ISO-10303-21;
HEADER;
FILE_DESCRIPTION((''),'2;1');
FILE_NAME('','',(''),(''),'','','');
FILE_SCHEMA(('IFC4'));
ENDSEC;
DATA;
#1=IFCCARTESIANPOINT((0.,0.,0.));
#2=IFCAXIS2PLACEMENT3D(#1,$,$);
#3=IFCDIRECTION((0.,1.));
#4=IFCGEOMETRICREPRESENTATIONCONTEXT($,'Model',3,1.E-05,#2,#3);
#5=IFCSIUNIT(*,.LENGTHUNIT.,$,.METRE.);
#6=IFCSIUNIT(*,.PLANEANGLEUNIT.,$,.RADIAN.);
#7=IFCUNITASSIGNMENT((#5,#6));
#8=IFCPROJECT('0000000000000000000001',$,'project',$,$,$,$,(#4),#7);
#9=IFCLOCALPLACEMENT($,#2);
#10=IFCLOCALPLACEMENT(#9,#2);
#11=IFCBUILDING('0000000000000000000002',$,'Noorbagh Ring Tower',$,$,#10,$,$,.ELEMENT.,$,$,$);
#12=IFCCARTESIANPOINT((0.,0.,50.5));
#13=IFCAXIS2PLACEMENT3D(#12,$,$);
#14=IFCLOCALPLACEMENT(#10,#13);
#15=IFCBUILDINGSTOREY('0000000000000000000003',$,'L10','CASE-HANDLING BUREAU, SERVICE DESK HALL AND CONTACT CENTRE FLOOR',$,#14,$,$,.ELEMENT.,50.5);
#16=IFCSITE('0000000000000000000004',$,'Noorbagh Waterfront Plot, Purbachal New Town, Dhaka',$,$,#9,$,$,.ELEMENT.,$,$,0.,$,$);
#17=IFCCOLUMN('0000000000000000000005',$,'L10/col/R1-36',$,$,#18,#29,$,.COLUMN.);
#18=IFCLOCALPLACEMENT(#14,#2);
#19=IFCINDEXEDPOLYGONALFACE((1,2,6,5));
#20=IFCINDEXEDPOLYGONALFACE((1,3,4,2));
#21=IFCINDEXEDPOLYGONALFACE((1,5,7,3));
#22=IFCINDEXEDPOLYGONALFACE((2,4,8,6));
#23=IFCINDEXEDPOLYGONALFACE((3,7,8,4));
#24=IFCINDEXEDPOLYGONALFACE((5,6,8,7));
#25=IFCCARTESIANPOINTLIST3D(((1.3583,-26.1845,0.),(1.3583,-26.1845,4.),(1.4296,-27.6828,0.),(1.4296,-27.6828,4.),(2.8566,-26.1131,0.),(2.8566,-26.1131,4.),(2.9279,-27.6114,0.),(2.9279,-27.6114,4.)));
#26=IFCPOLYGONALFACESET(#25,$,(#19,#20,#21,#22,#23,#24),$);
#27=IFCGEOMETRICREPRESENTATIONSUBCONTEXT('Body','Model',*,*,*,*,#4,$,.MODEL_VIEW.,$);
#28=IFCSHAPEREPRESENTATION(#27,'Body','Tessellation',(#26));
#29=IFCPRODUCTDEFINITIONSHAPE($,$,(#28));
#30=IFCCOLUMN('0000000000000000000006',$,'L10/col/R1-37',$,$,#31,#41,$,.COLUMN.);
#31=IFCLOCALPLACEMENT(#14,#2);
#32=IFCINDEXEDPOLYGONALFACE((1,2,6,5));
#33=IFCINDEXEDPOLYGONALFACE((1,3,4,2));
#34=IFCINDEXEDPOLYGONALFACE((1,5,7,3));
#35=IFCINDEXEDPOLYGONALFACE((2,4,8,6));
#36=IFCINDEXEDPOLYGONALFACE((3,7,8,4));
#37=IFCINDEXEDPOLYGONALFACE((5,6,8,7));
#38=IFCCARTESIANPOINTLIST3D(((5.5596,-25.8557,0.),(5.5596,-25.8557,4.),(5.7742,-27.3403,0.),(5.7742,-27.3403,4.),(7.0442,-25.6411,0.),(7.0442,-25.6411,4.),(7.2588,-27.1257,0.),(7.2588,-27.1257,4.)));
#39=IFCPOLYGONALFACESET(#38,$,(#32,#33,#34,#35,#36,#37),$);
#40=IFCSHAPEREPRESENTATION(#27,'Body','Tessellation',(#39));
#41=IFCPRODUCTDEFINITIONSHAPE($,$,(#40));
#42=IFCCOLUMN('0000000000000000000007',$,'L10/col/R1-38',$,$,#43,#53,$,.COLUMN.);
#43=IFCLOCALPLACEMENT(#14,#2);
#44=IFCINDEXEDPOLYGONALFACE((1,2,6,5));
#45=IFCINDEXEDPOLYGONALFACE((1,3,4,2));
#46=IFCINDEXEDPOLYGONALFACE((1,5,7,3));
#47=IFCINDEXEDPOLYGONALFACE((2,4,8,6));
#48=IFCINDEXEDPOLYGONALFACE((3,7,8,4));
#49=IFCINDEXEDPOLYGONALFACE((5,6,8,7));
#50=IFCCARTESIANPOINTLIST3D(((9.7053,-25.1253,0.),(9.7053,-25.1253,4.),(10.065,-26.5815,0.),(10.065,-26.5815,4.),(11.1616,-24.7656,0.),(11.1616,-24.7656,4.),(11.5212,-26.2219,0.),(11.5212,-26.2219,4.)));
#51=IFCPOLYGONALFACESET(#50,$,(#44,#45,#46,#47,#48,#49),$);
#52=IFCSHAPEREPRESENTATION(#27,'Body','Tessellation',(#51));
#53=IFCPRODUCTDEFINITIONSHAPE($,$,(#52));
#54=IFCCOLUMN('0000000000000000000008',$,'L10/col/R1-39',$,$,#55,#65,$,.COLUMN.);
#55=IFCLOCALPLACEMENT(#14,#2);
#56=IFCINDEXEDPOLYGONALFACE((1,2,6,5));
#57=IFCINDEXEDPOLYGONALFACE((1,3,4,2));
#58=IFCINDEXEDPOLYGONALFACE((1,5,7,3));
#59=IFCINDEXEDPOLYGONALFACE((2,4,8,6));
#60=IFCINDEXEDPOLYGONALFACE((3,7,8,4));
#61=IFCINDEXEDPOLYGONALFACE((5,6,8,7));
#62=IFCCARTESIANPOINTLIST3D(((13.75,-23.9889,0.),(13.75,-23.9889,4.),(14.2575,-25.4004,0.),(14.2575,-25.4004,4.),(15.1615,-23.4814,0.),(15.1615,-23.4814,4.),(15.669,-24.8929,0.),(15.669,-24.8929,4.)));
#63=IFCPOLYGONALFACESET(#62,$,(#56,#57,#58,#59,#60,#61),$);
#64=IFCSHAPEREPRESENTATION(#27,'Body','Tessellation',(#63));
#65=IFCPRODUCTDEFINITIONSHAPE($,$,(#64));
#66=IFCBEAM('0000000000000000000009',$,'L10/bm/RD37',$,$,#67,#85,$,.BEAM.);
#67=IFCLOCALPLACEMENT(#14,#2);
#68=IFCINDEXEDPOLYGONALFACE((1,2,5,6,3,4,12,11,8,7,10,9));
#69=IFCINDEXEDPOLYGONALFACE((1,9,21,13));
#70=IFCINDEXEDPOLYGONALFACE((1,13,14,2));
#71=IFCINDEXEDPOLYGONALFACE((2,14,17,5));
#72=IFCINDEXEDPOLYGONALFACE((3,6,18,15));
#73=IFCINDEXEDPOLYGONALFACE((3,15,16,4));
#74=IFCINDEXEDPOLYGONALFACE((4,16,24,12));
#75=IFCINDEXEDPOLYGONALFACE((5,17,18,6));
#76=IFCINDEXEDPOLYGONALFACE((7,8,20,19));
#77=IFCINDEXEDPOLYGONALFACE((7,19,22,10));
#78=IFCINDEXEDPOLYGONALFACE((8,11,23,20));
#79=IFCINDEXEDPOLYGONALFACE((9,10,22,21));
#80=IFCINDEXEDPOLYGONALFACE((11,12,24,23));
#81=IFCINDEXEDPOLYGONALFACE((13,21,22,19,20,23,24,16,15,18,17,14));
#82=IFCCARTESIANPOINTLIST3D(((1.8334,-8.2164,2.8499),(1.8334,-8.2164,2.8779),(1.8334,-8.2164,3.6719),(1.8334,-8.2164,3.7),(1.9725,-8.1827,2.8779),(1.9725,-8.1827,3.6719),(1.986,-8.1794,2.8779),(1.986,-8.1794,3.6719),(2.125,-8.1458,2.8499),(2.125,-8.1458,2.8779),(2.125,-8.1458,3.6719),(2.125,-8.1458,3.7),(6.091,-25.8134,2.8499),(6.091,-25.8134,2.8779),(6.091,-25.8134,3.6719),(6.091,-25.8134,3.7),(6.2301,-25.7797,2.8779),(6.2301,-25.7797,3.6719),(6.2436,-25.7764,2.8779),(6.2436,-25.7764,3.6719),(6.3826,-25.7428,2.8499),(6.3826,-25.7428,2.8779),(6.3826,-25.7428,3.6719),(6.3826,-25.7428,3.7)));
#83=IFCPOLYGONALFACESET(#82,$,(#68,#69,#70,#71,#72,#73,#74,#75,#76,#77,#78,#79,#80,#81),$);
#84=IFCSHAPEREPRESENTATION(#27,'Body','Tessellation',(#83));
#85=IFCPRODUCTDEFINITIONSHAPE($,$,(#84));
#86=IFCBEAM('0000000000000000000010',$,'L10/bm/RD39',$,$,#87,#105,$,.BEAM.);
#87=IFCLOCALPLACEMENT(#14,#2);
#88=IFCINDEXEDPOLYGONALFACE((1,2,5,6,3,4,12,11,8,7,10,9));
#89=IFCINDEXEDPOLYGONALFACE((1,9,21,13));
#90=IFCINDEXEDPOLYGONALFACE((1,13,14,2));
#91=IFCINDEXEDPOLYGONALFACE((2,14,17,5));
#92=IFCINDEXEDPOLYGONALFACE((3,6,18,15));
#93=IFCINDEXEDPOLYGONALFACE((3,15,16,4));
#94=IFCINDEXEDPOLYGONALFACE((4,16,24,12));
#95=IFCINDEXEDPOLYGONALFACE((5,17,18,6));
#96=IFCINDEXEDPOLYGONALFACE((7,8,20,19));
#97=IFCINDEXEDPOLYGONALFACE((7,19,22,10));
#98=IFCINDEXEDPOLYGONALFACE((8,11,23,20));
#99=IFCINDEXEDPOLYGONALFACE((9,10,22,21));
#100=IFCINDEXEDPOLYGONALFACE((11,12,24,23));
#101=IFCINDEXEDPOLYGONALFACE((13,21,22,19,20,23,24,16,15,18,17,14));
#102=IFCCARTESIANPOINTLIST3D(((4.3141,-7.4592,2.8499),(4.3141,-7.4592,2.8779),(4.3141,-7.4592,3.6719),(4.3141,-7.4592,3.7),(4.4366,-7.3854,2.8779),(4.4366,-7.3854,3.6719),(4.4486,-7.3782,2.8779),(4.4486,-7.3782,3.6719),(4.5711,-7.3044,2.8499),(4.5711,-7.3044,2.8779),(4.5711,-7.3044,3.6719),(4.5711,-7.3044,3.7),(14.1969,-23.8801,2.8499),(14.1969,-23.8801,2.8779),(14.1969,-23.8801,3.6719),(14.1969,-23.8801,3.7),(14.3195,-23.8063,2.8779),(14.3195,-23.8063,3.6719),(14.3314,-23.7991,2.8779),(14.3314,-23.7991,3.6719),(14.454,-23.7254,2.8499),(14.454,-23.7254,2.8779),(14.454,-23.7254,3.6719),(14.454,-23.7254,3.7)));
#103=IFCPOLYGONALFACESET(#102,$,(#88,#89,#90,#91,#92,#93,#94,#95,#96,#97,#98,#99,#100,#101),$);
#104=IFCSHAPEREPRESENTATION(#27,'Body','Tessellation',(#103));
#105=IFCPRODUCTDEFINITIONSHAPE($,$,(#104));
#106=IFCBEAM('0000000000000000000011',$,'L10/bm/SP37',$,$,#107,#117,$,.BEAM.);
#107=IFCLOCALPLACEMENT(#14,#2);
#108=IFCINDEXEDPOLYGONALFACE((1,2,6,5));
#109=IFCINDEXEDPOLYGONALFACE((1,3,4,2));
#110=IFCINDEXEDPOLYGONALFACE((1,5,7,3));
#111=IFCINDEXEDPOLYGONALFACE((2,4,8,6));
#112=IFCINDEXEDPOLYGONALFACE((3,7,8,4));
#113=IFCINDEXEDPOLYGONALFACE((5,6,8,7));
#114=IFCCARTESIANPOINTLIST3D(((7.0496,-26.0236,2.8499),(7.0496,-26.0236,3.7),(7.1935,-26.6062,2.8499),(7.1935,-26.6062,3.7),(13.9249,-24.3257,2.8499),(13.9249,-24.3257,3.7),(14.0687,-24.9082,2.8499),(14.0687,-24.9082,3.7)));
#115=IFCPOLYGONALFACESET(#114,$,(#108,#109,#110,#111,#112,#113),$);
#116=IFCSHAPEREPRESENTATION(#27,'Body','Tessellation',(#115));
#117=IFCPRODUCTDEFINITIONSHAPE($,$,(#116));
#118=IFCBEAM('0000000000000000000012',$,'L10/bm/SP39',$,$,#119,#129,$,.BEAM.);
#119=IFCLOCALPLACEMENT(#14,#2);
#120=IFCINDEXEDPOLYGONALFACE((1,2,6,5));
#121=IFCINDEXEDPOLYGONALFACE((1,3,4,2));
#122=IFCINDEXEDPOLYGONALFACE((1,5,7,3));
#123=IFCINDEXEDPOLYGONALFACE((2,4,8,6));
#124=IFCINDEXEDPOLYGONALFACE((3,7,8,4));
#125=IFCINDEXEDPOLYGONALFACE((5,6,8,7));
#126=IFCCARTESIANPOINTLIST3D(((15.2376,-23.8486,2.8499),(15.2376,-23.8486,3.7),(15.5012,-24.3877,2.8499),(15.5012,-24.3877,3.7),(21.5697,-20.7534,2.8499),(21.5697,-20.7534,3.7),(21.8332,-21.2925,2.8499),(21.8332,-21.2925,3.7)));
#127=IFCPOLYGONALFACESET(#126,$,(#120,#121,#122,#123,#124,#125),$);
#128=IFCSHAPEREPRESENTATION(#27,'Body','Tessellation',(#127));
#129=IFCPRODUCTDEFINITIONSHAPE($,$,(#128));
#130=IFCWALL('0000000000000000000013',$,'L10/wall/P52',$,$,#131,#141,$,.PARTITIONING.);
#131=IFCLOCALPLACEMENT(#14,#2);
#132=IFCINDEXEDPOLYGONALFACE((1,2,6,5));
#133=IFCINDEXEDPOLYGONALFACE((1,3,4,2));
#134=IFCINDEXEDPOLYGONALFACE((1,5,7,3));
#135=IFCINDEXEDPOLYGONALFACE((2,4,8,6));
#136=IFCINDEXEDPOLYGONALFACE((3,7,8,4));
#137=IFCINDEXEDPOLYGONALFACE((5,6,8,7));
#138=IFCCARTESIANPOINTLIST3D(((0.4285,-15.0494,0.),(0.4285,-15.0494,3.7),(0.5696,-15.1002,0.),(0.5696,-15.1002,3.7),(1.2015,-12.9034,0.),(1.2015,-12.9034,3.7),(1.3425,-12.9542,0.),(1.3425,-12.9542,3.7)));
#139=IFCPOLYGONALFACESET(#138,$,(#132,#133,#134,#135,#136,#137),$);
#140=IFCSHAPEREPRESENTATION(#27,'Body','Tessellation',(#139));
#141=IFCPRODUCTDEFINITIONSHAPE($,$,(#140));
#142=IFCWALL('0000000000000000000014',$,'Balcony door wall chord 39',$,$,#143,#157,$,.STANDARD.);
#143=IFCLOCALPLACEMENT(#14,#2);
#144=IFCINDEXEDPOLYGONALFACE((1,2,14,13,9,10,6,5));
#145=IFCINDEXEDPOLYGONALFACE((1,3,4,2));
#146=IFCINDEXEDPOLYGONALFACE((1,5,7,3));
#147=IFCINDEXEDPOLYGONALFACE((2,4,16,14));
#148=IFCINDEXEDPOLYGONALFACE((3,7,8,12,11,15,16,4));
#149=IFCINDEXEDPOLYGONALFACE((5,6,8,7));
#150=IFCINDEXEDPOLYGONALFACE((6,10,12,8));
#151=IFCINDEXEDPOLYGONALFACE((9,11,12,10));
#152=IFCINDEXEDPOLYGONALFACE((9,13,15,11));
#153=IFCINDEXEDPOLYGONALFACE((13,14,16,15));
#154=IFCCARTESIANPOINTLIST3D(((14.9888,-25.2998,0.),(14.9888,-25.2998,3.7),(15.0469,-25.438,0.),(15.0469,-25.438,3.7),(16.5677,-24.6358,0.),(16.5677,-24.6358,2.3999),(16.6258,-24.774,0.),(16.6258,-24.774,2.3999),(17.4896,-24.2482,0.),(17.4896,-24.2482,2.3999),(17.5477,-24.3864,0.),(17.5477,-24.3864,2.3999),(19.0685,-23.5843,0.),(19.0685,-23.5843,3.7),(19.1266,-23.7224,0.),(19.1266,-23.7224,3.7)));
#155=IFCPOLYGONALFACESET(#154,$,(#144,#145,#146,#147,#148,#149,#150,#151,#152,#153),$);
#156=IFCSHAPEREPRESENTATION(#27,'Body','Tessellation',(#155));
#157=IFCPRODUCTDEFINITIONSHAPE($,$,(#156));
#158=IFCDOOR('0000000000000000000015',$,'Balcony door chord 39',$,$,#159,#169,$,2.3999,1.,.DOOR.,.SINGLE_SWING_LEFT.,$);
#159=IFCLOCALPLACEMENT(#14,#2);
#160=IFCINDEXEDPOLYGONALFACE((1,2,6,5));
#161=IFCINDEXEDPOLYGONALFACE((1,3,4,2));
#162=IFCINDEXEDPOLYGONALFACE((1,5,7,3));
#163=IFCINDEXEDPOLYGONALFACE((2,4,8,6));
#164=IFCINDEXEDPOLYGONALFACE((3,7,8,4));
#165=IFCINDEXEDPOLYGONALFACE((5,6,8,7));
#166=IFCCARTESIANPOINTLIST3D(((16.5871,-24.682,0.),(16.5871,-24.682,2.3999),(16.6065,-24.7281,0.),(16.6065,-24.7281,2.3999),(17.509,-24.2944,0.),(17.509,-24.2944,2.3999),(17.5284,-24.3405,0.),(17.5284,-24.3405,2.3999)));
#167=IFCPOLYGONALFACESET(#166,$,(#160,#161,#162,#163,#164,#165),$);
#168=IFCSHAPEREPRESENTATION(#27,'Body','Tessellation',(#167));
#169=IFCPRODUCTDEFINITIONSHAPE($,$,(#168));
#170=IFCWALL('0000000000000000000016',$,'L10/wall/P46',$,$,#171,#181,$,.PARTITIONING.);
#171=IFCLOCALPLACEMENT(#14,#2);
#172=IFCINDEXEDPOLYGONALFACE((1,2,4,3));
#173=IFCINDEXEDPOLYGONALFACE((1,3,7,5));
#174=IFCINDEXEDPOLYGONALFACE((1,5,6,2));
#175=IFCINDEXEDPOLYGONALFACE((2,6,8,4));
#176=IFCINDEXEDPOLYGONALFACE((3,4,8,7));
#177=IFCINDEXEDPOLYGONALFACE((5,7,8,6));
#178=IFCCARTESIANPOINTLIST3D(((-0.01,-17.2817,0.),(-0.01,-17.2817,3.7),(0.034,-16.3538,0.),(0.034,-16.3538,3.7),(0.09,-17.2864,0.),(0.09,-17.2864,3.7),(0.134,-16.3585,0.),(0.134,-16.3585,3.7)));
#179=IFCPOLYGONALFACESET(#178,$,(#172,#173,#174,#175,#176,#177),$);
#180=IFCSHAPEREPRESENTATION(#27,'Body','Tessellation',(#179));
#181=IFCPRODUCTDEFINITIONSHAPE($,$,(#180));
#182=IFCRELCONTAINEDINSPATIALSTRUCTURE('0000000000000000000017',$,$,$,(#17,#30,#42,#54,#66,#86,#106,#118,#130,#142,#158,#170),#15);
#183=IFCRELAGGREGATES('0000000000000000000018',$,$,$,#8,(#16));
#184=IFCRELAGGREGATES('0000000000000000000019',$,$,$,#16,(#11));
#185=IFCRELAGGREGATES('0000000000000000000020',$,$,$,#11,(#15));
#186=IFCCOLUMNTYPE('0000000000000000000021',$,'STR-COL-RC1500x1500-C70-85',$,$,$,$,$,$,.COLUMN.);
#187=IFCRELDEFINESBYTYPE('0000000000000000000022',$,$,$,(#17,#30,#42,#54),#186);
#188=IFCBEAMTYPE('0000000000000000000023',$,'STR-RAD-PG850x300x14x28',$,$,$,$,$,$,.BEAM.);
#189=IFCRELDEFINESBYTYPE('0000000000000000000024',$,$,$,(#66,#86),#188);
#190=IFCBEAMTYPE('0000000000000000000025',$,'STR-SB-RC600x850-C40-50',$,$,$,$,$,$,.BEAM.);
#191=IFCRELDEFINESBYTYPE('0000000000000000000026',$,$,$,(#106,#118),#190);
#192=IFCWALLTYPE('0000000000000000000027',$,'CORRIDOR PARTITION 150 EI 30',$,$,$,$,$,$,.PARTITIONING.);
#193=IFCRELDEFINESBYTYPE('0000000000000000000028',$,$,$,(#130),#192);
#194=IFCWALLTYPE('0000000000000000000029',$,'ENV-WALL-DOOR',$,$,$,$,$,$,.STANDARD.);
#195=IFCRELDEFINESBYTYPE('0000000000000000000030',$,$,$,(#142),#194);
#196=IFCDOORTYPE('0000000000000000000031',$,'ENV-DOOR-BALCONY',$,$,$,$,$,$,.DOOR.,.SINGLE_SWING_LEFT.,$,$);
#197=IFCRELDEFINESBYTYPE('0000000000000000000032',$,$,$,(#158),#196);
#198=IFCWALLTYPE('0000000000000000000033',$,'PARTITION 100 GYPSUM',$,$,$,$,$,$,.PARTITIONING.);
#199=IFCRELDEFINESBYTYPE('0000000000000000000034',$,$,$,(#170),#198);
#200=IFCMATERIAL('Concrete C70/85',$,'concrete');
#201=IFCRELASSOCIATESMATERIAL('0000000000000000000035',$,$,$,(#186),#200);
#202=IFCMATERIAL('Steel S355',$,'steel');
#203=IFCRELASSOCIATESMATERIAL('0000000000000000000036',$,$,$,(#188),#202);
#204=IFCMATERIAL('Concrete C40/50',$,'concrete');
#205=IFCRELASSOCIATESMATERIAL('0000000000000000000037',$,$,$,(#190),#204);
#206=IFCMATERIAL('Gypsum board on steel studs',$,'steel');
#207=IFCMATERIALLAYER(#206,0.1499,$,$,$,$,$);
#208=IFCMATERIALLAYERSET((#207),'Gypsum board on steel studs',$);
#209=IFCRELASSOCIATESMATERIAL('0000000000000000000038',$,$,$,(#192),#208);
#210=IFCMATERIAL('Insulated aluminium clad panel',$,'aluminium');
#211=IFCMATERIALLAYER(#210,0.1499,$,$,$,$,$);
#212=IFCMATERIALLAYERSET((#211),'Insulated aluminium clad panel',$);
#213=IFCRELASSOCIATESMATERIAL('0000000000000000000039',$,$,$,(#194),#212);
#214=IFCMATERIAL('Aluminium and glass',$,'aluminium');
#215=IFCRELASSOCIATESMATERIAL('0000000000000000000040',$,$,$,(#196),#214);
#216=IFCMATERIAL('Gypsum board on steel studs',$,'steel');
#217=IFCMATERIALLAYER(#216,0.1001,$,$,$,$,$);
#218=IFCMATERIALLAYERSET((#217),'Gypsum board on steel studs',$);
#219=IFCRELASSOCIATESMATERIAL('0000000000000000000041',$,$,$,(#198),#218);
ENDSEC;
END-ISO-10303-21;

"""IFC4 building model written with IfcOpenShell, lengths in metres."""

from ifc_helpers import new_model, si_unit, direction, frame, frame_2d, origin, origin_2d, place, context, subcontext, project, spatial, rectangle, i_section, extrude, material, layer, layer_set, material_profile, profile_set, type_object, element, fill, save


model = new_model("IFC4")

# Units and contexts
model_context = context("Model", 3, precision=1e-05, world=origin(), true_north=direction((0.0, 1.0)))
body_context = subcontext(model_context, "Body", "Model", "MODEL_VIEW")
ifc_project = project(units=[si_unit("LENGTHUNIT", "METRE"), si_unit("PLANEANGLEUNIT", "RADIAN")], contexts=[model_context])

# Site, building, storey
site_placement = place(None, origin())
site = spatial("IfcSite", under=ifc_project, at=site_placement, Name="Noorbagh Waterfront Plot, Purbachal New Town, Dhaka", CompositionType="ELEMENT", RefElevation=0.0)
building_placement = place(site_placement, origin())
building = spatial("IfcBuilding", under=site, at=building_placement, Name="Noorbagh Ring Tower", CompositionType="ELEMENT")
storey_placement = place(building_placement, frame((0.0, 0.0, 50.5)))
storey = spatial("IfcBuildingStorey", under=building, at=storey_placement, Name="L10", Description="CASE-HANDLING BUREAU, SERVICE DESK HALL AND CONTACT CENTRE FLOOR", CompositionType="ELEMENT", Elevation=50.5)

# Columns
ifc_material_1 = material(Name="Concrete C70/85", Category="concrete")
ifc_material_profile_1 = material_profile(ifc_material_1, rectangle(XDim=1.5, YDim=1.5, at=origin_2d()), Name="RC1500x1500")
ifc_profile_set_1 = profile_set([ifc_material_profile_1], Name="Concrete C70/85")
column_type = type_object("IfcColumnType", Name="STR-COL-RC1500x1500-C70-85", PredefinedType="COLUMN", material=ifc_profile_set_1)
for number, where, z_axis, x_axis, name in (
    (1, (2.1431, -26.8979, 0.0), (0.0, 0.0, 1.0), (0.998869, 0.047553, 0.0), "L10/col/R1-36"),
    (2, (6.4092, -26.4907, 0.0), (0.0, 0.0, 1.0), (0.989713, 0.143066, 0.0), "L10/col/R1-37"),
    (3, (10.6133, -25.6736, 0.0), (0.0, 0.0, 1.0), (0.970829, 0.239771, 0.0), "L10/col/R1-38"),
    (4, (14.7095, -24.4409, 0.0), (0.0, 0.0, 1.0), (0.941025, 0.338338, 0.0), "L10/col/R1-39"),
):
    element("IfcColumn", number, at=place(storey_placement, frame(where, z_axis=z_axis, x_axis=x_axis)), inside=storey, type_object=column_type, Name=name, PredefinedType="COLUMN", context=body_context, shape_type="SweptSolid", body=[
        extrude(rectangle(XDim=1.5, YDim=1.5, at=origin_2d()), origin(), (0.0, 0.0, 1.0), 4.0),
    ])

# Beams
ifc_material_2 = material(Name="Steel S355", Category="steel")
ifc_material_profile_2 = material_profile(ifc_material_2, i_section(OverallWidth=0.3, OverallDepth=0.8501, WebThickness=0.0139, FlangeThickness=0.0281, at=origin_2d()), Name="PG850x300x14x28")
ifc_profile_set_2 = profile_set([ifc_material_profile_2], Name="Steel S355")
beam_type_1 = type_object("IfcBeamType", Name="STR-RAD-PG850x300x14x28", PredefinedType="BEAM", material=ifc_profile_set_2)
beam_1_placement = place(storey_placement, frame((6.2368, -25.7781, 3.2749), z_axis=(-0.235164, 0.971956, 0.0), x_axis=(-0.971956, -0.235164, 0.0)))
element("IfcBeam", 5, at=beam_1_placement, inside=storey, type_object=beam_type_1, Name="L10/bm/RD37", PredefinedType="BEAM", context=body_context, shape_type="SweptSolid", body=[
    extrude(i_section(OverallWidth=0.3, OverallDepth=0.8501, WebThickness=0.0139, FlangeThickness=0.0281, at=origin_2d()), origin(), (0.0, 0.0, 1.0), 18.1047),
])
beam_2_placement = place(storey_placement, frame((14.3254, -23.8027, 3.2749), z_axis=(-0.515657, 0.856795, 0.0), x_axis=(-0.856795, -0.515657, 0.0)))
element("IfcBeam", 6, at=beam_2_placement, inside=storey, type_object=beam_type_1, Name="L10/bm/RD39", PredefinedType="BEAM", context=body_context, shape_type="SweptSolid", body=[
    extrude(i_section(OverallWidth=0.3, OverallDepth=0.8501, WebThickness=0.0139, FlangeThickness=0.0281, at=origin_2d()), origin(), (0.0, 0.0, 1.0), 19.1655),
])
ifc_material_3 = material(Name="Concrete C40/50", Category="concrete")
ifc_material_profile_3 = material_profile(ifc_material_3, rectangle(XDim=0.6001, YDim=0.8501, at=origin_2d()), Name="RC600x850")
ifc_profile_set_3 = profile_set([ifc_material_profile_3], Name="Concrete C40/50")
beam_type_2 = type_object("IfcBeamType", Name="STR-SB-RC600x850-C40-50", PredefinedType="BEAM", material=ifc_profile_set_3)
beam_3_placement = place(storey_placement, frame((7.1216, -26.3149, 3.2749), z_axis=(0.97083, 0.239769, 0.0), x_axis=(-0.239769, 0.97083, 0.0)))
element("IfcBeam", 7, at=beam_3_placement, inside=storey, type_object=beam_type_2, Name="L10/bm/SP37", PredefinedType="BEAM", context=body_context, shape_type="SweptSolid", body=[
    extrude(rectangle(XDim=0.6001, YDim=0.8501, at=origin_2d()), origin(), (0.0, 0.0, 1.0), 7.0818),
])
beam_4_placement = place(storey_placement, frame((15.3694, -24.1182, 3.2749), z_axis=(0.898409, 0.439159, 0.0), x_axis=(-0.439159, 0.898409, 0.0)))
element("IfcBeam", 8, at=beam_4_placement, inside=storey, type_object=beam_type_2, Name="L10/bm/SP39", PredefinedType="BEAM", context=body_context, shape_type="SweptSolid", body=[
    extrude(rectangle(XDim=0.6001, YDim=0.8501, at=origin_2d()), origin(), (0.0, 0.0, 1.0), 7.0481),
])

# Wall
ifc_material_4 = material(Name="Gypsum board on steel studs", Category="steel")
ifc_layer_1 = layer(ifc_material_4, 0.1499)
ifc_layer_set_1 = layer_set([ifc_layer_1], Name="Gypsum board on steel studs")
wall_type_1 = type_object("IfcWallType", Name="CORRIDOR PARTITION 150 EI 30", PredefinedType="PARTITIONING", material=ifc_layer_set_1)
wall_1_placement = place(storey_placement, frame((0.499, -15.075, 0.0), z_axis=(0.0, 0.0, 1.0), x_axis=(0.338871, 0.940833, 0.0)))
element("IfcWall", 9, at=wall_1_placement, inside=storey, type_object=wall_type_1, Name="L10/wall/P52", PredefinedType="PARTITIONING", context=body_context, shape_type="SweptSolid", body=[
    extrude(rectangle(XDim=2.281, YDim=0.1499, at=frame_2d((1.1406, 0.0))), origin(), (0.0, 0.0, 1.0), 3.7),
])

# Wall, opening, door
ifc_material_5 = material(Name="Insulated aluminium clad panel", Category="aluminium")
ifc_layer_2 = layer(ifc_material_5, 0.1499)
ifc_layer_set_2 = layer_set([ifc_layer_2], Name="Insulated aluminium clad panel")
wall_type_2 = type_object("IfcWallType", Name="ENV-WALL-DOOR", PredefinedType="STANDARD", material=ifc_layer_set_2)
wall_2_placement = place(storey_placement, frame((15.0178, -25.3689, 0.0), z_axis=(0.0, 0.0, 1.0), x_axis=(0.921817, 0.387625, 0.0)))
wall_2 = element("IfcWall", 10, at=wall_2_placement, inside=storey, type_object=wall_type_2, Name="Balcony door wall chord 39", PredefinedType="STANDARD", context=body_context, shape_type="SweptSolid", body=[
    extrude(rectangle(XDim=4.4258, YDim=0.1499, at=frame_2d((2.2129, 0.0))), origin(), (0.0, 0.0, 1.0), 3.7),
])
opening_placement = place(wall_2_placement, frame((1.7129, 0.0, 0.0)))
opening = element("IfcOpeningElement", 11, at=opening_placement, cuts=wall_2, PredefinedType="OPENING", context=body_context, shape_type="SweptSolid", body=[
    extrude(rectangle(XDim=1.0, YDim=2.3999, at=frame_2d((0.5, 1.2))), frame((0.0, 0.085, 0.0), z_axis=(0.0, -1.0, 0.0), x_axis=(1.0, 0.0, 0.0)), (0.0, 0.0, 1.0), 0.1699),
])
ifc_material_6 = material(Name="Aluminium and glass", Category="aluminium")
door_type = type_object("IfcDoorType", Name="ENV-DOOR-BALCONY", OperationType="SINGLE_SWING_LEFT", PredefinedType="DOOR", material=ifc_material_6)
door_placement = place(opening_placement, origin())
door = element("IfcDoor", 12, at=door_placement, inside=storey, type_object=door_type, Name="Balcony door chord 39", OperationType="SINGLE_SWING_LEFT", OverallHeight=2.3999, OverallWidth=1.0, PredefinedType="DOOR", context=body_context, shape_type="SweptSolid", body=[
    extrude(rectangle(XDim=1.0, YDim=2.3999, at=frame_2d((0.5, 1.2))), frame((0.0, 0.0249, 0.0), z_axis=(0.0, -1.0, 0.0), x_axis=(1.0, 0.0, 0.0)), (0.0, 0.0, 1.0), 0.05),
])
fill(opening, door)

# Wall
ifc_material_7 = material(Name="Gypsum board on steel studs", Category="steel")
ifc_layer_3 = layer(ifc_material_7, 0.1001)
ifc_layer_set_3 = layer_set([ifc_layer_3], Name="Gypsum board on steel studs")
wall_type_3 = type_object("IfcWallType", Name="PARTITION 100 GYPSUM", PredefinedType="PARTITIONING", material=ifc_layer_set_3)
wall_3_placement = place(storey_placement, frame((0.04, -17.2839, 0.0), z_axis=(0.0, 0.0, 1.0), x_axis=(0.047303, 0.998881, 0.0)))
element("IfcWall", 13, at=wall_3_placement, inside=storey, type_object=wall_type_3, Name="L10/wall/P46", PredefinedType="PARTITIONING", context=body_context, shape_type="SweptSolid", body=[
    extrude(rectangle(XDim=0.929, YDim=0.1001, at=frame_2d((0.4644, 0.0))), origin(), (0.0, 0.0, 1.0), 3.7),
])

save(model, "model.ifc")
